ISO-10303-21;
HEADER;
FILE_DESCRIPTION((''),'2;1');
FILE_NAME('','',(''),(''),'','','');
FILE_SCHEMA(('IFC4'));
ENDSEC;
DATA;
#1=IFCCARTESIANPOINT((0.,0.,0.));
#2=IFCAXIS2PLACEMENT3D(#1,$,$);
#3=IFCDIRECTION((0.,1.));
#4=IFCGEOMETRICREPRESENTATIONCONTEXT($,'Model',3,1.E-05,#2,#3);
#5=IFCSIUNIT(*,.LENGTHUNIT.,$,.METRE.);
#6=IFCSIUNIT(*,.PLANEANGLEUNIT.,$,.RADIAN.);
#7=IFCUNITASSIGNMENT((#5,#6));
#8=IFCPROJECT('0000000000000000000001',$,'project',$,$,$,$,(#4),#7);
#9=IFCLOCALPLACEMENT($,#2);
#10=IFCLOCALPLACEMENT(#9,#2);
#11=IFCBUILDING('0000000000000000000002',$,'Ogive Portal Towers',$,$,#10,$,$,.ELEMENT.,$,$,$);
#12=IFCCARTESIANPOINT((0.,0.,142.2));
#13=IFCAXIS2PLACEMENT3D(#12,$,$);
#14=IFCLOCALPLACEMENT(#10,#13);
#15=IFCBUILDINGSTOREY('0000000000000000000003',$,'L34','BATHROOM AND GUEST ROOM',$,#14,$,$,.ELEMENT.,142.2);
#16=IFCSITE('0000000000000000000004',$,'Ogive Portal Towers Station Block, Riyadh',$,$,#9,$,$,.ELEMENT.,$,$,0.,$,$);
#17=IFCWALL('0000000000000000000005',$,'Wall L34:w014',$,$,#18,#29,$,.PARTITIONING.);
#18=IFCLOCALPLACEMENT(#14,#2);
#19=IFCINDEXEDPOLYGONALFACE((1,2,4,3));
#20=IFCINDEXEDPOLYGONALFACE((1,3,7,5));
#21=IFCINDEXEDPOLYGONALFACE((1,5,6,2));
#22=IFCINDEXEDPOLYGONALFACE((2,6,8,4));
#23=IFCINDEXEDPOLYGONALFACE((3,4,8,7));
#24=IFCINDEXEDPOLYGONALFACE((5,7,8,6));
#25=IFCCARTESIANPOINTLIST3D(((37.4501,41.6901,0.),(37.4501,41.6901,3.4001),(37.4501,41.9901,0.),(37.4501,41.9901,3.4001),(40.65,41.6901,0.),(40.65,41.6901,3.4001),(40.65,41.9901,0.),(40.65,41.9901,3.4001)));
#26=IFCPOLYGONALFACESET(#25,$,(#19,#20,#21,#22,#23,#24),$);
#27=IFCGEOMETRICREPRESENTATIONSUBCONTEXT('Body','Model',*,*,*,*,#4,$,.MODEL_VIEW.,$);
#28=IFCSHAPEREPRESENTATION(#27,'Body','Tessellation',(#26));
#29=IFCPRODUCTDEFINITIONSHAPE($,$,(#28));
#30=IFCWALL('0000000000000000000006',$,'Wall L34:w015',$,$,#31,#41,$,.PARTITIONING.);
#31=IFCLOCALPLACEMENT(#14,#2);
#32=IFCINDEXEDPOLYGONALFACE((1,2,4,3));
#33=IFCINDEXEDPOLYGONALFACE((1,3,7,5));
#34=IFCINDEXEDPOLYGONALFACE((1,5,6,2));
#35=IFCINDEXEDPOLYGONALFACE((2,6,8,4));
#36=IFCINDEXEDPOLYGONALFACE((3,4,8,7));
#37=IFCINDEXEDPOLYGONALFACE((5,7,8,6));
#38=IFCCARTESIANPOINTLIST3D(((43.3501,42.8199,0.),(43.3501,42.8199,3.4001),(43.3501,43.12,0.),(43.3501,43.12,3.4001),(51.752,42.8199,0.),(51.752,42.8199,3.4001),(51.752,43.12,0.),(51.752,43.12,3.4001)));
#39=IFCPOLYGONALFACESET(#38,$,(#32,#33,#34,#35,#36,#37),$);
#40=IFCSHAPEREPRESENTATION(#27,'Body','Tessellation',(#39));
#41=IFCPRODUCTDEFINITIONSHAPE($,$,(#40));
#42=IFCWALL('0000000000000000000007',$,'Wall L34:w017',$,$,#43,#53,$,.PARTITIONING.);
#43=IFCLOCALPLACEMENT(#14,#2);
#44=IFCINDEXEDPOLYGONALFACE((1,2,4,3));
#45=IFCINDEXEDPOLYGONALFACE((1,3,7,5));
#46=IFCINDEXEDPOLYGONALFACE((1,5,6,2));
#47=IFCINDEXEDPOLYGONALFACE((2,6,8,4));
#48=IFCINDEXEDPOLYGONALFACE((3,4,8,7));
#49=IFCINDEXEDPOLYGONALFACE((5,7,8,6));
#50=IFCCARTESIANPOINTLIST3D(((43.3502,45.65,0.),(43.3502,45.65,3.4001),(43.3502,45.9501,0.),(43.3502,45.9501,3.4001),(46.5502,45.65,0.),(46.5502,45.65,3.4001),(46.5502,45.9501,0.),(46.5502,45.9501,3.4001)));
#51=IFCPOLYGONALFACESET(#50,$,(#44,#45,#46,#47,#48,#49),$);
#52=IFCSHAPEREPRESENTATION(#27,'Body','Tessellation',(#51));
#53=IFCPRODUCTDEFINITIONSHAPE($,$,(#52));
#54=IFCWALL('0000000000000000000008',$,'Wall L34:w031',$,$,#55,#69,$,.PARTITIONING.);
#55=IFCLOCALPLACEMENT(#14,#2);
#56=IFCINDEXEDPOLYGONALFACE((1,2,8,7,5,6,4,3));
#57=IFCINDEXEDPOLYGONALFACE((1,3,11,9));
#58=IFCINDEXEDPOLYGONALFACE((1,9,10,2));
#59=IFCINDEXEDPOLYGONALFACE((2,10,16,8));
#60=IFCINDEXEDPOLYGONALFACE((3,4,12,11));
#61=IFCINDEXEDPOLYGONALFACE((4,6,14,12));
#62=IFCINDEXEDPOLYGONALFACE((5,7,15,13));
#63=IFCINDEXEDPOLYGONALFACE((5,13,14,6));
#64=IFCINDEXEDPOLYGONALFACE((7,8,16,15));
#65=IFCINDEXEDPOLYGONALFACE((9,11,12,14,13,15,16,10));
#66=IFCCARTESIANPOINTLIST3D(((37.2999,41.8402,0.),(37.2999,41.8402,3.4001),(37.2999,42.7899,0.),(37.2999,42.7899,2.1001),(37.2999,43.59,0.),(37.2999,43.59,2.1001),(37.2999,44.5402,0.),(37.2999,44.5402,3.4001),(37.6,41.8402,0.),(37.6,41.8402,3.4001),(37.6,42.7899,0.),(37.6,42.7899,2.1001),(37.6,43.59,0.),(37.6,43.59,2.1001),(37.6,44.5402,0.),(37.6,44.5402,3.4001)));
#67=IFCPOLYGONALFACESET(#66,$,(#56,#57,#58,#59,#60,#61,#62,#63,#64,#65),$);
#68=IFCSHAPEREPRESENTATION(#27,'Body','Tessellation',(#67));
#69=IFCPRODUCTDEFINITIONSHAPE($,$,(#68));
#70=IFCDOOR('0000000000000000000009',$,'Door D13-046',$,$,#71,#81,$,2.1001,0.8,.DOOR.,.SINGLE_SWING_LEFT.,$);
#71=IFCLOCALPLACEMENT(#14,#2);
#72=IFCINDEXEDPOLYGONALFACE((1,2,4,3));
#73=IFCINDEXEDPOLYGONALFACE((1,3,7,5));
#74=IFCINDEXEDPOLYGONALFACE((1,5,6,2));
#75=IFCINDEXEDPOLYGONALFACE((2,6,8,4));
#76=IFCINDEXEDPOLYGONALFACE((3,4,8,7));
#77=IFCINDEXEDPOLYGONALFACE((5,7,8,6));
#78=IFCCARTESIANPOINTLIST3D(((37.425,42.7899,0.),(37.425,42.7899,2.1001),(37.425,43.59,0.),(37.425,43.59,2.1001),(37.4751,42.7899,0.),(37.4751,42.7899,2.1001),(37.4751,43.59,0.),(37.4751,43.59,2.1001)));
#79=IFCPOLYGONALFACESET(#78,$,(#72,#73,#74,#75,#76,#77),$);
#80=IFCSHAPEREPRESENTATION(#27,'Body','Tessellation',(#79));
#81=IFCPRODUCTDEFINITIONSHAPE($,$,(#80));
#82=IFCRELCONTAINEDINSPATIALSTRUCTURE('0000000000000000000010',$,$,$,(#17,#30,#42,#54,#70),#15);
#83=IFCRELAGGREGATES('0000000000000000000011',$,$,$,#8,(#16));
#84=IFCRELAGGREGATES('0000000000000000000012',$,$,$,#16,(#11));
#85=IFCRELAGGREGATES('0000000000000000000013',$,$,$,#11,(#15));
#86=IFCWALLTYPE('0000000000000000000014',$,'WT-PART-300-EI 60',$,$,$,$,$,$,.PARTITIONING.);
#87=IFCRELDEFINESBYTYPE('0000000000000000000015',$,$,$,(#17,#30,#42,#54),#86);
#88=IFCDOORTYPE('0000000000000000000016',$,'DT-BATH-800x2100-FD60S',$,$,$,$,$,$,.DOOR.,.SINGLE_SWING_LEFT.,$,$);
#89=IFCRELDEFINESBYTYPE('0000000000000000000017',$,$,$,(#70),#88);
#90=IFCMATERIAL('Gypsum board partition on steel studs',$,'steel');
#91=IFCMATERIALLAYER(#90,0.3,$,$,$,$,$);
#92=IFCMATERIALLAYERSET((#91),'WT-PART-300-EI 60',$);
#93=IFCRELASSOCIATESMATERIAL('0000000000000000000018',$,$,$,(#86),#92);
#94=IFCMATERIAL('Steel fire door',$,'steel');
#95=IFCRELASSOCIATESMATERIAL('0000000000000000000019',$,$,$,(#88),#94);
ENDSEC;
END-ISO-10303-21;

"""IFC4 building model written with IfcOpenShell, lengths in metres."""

from ifc_helpers import new_model, si_unit, direction, frame, frame_2d, origin, place, context, subcontext, project, spatial, rectangle, extrude, material, layer, layer_set, type_object, element, fill, save


model = new_model("IFC4")

# Units and contexts
model_context = context("Model", 3, precision=1e-05, world=origin(), true_north=direction((0.0, 1.0)))
body_context = subcontext(model_context, "Body", "Model", "MODEL_VIEW")
ifc_project = project(units=[si_unit("LENGTHUNIT", "METRE"), si_unit("PLANEANGLEUNIT", "RADIAN")], contexts=[model_context])

# Site, building, storey
site_placement = place(None, origin())
site = spatial("IfcSite", under=ifc_project, at=site_placement, Name="Ogive Portal Towers Station Block, Riyadh", CompositionType="ELEMENT", RefElevation=0.0)
building_placement = place(site_placement, origin())
building = spatial("IfcBuilding", under=site, at=building_placement, Name="Ogive Portal Towers", CompositionType="ELEMENT")
storey_placement = place(building_placement, frame((0.0, 0.0, 142.2)))
storey = spatial("IfcBuildingStorey", under=building, at=storey_placement, Name="L34", Description="BATHROOM AND GUEST ROOM", CompositionType="ELEMENT", Elevation=142.2)

# Walls
ifc_material_1 = material(Name="Gypsum board partition on steel studs", Category="steel")
ifc_layer_1 = layer(ifc_material_1, 0.3)
ifc_layer_set_1 = layer_set([ifc_layer_1], Name="WT-PART-300-EI 60")
wall_type_1 = type_object("IfcWallType", Name="WT-PART-300-EI 60", PredefinedType="PARTITIONING", material=ifc_layer_set_1)
wall_1_placement = place(storey_placement, frame((37.45, 41.8401, 0.0), z_axis=(0.0, 0.0, 1.0), x_axis=(1.0, 0.0, 0.0)))
element("IfcWall", 1, at=wall_1_placement, inside=storey, type_object=wall_type_1, Name="Wall L34:w014", PredefinedType="PARTITIONING", context=body_context, shape_type="SweptSolid", body=[
    extrude(rectangle(XDim=3.2, YDim=0.3, at=frame_2d((1.6001, 0.0))), origin(), (0.0, 0.0, 1.0), 3.4001),
])
wall_2_placement = place(storey_placement, frame((43.3501, 42.97, 0.0), z_axis=(0.0, 0.0, 1.0), x_axis=(1.0, 0.0, 0.0)))
element("IfcWall", 2, at=wall_2_placement, inside=storey, type_object=wall_type_1, Name="Wall L34:w015", PredefinedType="PARTITIONING", context=body_context, shape_type="SweptSolid", body=[
    extrude(rectangle(XDim=8.4019, YDim=0.3, at=frame_2d((4.2009, 0.0))), origin(), (0.0, 0.0, 1.0), 3.4001),
])
wall_3_placement = place(storey_placement, frame((43.3501, 45.8, 0.0), z_axis=(0.0, 0.0, 1.0), x_axis=(1.0, 0.0, 0.0)))
element("IfcWall", 3, at=wall_3_placement, inside=storey, type_object=wall_type_1, Name="Wall L34:w017", PredefinedType="PARTITIONING", context=body_context, shape_type="SweptSolid", body=[
    extrude(rectangle(XDim=3.2, YDim=0.3, at=frame_2d((1.6001, 0.0))), origin(), (0.0, 0.0, 1.0), 3.4001),
])

# Wall, opening, door
wall_4_placement = place(storey_placement, frame((37.45, 41.8401, 0.0), z_axis=(0.0, 0.0, 1.0), x_axis=(0.0, 1.0, 0.0)))
wall_4 = element("IfcWall", 4, at=wall_4_placement, inside=storey, type_object=wall_type_1, Name="Wall L34:w031", PredefinedType="PARTITIONING", context=body_context, shape_type="SweptSolid", body=[
    extrude(rectangle(XDim=2.7, YDim=0.3, at=frame_2d((1.3501, 0.0))), origin(), (0.0, 0.0, 1.0), 3.4001),
])
opening_1_placement = place(wall_4_placement, frame((0.95, 0.0, 0.0)))
opening_1 = element("IfcOpeningElement", 5, at=opening_1_placement, cuts=wall_4, PredefinedType="OPENING", context=body_context, shape_type="SweptSolid", body=[
    extrude(rectangle(XDim=0.8, YDim=2.1001, at=frame_2d((0.3999, 1.05))), frame((0.0, 0.1602, 0.0), z_axis=(0.0, -1.0, 0.0), x_axis=(1.0, 0.0, 0.0)), (0.0, 0.0, 1.0), 0.3201),
])
ifc_material_2 = material(Name="Steel fire door", Category="steel")
door_type_1 = type_object("IfcDoorType", Name="DT-BATH-800x2100-FD60S", OperationType="SINGLE_SWING_LEFT", PredefinedType="DOOR", material=ifc_material_2)
door_1_placement = place(opening_1_placement, origin())
door_1 = element("IfcDoor", 6, at=door_1_placement, inside=storey, type_object=door_type_1, Name="Door D13-046", OperationType="SINGLE_SWING_LEFT", OverallHeight=2.1001, OverallWidth=0.8, PredefinedType="DOOR", context=body_context, shape_type="SweptSolid", body=[
    extrude(rectangle(XDim=0.8, YDim=2.1001, at=frame_2d((0.3999, 1.05))), frame((0.0, 0.0249, 0.0), z_axis=(0.0, -1.0, 0.0), x_axis=(1.0, 0.0, 0.0)), (0.0, 0.0, 1.0), 0.05),
])
fill(opening_1, door_1)

save(model, "model.ifc")
